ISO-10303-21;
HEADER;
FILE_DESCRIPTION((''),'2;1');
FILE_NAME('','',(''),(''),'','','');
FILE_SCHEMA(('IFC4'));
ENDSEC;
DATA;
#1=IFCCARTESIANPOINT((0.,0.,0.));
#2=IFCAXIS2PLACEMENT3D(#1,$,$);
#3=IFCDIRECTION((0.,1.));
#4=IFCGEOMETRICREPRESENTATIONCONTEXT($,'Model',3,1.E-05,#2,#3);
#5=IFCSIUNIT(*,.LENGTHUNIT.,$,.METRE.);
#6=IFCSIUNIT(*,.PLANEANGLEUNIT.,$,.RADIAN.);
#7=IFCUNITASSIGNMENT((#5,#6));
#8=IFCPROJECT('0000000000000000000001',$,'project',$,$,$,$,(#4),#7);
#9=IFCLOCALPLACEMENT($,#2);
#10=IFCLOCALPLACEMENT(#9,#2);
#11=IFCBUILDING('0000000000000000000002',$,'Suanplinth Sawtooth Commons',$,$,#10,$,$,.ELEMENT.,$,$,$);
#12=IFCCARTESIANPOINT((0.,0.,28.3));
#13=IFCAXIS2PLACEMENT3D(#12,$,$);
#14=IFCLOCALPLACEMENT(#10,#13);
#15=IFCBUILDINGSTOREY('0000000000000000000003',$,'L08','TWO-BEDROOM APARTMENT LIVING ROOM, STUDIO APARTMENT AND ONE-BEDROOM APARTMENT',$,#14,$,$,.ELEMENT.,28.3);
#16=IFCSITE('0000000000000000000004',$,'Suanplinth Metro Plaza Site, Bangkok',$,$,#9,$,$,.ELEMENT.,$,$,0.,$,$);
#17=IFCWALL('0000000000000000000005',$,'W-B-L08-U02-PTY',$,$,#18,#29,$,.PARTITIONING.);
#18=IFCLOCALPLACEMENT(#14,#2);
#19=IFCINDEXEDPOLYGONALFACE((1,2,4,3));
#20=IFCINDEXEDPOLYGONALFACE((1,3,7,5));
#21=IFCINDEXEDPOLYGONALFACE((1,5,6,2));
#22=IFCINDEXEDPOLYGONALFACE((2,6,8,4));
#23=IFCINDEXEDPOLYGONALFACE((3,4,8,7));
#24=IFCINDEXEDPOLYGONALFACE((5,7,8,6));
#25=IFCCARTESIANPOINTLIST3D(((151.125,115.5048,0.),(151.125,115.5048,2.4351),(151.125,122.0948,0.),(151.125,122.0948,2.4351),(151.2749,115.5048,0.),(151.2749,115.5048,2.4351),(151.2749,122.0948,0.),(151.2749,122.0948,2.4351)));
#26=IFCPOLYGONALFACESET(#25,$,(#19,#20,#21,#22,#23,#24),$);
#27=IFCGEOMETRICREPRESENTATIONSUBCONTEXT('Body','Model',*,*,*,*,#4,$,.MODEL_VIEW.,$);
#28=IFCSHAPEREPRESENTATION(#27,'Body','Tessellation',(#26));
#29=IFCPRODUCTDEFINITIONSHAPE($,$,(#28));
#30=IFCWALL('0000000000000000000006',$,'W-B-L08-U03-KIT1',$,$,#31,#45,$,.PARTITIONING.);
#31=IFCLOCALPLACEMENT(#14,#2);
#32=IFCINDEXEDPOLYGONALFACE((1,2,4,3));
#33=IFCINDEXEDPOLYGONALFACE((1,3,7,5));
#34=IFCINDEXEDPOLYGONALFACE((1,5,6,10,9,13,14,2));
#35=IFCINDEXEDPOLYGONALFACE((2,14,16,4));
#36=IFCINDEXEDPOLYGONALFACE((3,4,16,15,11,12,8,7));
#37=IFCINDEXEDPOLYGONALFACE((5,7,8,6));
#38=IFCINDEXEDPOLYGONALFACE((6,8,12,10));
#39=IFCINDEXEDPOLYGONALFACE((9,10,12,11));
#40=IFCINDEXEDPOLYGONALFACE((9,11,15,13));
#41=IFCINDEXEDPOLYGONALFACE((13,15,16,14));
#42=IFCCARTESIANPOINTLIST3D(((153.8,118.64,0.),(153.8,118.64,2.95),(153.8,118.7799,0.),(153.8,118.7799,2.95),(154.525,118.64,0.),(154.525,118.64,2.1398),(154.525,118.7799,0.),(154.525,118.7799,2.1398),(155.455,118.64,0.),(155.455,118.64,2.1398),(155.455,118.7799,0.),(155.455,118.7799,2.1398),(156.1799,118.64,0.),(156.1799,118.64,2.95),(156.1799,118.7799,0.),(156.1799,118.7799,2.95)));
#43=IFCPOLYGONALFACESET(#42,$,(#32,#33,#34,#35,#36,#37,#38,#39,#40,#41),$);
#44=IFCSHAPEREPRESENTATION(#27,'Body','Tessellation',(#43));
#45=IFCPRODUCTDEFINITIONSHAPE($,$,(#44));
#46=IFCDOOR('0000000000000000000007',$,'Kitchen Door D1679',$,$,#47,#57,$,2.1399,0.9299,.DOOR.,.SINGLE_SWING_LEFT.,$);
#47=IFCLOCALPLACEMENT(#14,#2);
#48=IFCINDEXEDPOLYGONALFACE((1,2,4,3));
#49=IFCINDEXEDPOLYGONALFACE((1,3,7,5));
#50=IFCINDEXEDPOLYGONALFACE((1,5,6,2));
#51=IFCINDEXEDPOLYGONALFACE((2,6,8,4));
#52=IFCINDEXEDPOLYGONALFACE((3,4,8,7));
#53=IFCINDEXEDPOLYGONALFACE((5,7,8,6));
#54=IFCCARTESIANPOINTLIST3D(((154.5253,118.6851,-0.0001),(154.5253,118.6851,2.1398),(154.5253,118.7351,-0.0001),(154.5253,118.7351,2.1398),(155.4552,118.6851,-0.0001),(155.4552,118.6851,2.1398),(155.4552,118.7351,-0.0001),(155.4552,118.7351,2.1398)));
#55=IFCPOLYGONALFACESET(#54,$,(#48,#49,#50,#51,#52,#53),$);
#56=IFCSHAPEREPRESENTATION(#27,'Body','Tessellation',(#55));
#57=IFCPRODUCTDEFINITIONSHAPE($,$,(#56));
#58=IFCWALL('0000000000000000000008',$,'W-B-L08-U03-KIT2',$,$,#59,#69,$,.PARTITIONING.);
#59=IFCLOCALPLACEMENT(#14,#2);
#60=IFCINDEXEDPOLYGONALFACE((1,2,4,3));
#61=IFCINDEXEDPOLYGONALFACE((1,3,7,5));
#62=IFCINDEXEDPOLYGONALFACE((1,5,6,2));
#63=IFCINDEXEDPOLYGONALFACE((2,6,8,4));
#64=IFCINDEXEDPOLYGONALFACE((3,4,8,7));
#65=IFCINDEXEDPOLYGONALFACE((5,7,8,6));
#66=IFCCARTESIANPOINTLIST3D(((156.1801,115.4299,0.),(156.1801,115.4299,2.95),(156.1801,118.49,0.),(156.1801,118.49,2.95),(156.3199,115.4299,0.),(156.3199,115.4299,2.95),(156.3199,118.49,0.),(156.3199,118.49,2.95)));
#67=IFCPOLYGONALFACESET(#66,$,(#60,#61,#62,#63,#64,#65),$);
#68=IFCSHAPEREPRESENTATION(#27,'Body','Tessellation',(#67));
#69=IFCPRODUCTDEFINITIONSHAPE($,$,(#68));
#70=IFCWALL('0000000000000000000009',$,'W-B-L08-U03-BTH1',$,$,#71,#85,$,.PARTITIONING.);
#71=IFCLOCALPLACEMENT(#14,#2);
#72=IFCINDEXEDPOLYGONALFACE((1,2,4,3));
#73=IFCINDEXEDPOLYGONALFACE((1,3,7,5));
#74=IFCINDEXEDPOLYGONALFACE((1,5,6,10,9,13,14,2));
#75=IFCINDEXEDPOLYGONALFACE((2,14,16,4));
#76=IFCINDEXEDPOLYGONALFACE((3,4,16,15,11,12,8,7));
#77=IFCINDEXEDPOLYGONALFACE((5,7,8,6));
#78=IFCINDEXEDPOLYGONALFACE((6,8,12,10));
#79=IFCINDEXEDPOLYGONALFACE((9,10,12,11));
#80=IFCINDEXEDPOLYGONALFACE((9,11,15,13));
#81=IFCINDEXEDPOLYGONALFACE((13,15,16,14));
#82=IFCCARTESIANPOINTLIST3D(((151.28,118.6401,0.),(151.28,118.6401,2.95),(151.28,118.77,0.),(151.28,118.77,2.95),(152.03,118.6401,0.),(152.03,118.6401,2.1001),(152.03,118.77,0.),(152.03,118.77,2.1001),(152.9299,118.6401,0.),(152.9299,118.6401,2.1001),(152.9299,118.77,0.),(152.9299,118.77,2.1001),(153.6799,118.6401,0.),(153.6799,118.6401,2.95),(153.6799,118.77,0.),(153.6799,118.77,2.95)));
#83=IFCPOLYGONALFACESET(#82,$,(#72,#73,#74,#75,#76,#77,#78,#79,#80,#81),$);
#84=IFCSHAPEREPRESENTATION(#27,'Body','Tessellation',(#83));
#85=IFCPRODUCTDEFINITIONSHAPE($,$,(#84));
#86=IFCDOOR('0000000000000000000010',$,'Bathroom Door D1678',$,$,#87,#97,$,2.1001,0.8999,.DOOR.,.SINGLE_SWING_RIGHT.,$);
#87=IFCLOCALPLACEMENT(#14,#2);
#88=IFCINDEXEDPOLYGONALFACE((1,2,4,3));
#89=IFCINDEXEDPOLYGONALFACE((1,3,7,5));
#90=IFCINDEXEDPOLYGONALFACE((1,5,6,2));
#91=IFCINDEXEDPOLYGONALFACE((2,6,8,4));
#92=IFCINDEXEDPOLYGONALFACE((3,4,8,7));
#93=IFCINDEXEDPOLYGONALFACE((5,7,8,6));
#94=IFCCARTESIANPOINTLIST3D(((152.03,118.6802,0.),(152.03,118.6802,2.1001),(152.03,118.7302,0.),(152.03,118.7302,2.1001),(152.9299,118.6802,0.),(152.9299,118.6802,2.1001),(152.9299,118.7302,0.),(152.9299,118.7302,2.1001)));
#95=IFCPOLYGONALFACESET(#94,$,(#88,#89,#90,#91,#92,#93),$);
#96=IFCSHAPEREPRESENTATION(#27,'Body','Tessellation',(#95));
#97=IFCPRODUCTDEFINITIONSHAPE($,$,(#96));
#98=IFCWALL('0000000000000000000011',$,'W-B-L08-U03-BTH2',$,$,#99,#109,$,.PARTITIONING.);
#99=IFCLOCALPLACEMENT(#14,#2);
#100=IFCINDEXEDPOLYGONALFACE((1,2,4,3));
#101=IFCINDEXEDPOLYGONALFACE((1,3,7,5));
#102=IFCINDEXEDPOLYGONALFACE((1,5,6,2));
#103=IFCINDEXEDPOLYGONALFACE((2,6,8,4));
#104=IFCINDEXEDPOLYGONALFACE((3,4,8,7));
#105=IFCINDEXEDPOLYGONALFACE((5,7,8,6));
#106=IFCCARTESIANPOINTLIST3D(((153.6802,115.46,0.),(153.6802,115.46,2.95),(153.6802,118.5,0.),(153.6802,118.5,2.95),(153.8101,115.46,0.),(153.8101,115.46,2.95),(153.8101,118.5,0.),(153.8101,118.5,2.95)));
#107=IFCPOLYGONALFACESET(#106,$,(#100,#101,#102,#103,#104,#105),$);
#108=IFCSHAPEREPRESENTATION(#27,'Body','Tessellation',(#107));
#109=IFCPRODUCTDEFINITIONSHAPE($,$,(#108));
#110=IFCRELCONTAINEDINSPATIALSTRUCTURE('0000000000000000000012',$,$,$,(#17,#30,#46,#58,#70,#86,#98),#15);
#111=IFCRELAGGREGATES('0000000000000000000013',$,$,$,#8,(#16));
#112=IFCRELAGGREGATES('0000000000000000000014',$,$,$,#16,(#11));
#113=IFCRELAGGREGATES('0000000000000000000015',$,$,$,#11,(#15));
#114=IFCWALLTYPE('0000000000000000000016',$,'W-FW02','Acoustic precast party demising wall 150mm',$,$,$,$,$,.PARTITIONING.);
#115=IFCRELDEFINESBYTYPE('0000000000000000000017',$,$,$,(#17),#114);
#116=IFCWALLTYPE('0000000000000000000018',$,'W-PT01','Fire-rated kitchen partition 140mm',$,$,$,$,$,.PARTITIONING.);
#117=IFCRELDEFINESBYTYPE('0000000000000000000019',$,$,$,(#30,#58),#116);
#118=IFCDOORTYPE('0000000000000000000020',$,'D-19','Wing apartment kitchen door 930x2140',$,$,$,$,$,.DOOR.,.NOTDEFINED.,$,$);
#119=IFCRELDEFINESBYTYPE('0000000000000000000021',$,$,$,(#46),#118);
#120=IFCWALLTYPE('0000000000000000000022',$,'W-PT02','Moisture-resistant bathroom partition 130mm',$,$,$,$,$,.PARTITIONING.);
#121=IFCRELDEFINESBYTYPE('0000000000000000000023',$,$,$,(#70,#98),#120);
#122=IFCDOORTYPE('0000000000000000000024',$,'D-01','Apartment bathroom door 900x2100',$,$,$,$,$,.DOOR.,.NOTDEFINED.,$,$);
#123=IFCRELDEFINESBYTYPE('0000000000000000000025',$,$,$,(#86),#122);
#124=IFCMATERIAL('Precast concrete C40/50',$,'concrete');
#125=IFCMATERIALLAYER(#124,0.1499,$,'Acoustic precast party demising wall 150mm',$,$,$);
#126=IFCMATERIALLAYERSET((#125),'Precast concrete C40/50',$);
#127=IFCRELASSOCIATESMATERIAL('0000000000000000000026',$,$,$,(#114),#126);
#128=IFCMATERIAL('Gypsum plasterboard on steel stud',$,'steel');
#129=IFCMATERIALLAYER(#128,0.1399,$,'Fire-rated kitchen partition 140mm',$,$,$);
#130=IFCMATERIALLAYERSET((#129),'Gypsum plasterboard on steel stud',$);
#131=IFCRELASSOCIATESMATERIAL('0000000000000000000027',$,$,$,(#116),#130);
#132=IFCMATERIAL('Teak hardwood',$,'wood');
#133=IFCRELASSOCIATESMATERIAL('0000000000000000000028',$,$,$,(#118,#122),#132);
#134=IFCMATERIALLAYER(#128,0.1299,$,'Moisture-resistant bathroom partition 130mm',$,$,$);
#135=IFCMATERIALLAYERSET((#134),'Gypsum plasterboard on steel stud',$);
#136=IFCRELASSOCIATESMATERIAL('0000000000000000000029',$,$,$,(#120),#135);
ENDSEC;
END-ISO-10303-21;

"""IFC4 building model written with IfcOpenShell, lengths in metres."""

from ifc_helpers import new_model, si_unit, direction, frame, frame_2d, origin, place, context, subcontext, project, spatial, rectangle, extrude, material, layer, layer_set, type_object, element, fill, save


model = new_model("IFC4")

# Units and contexts
model_context = context("Model", 3, precision=1e-05, world=origin(), true_north=direction((0.0, 1.0)))
body_context = subcontext(model_context, "Body", "Model", "MODEL_VIEW")
ifc_project = project(units=[si_unit("LENGTHUNIT", "METRE"), si_unit("PLANEANGLEUNIT", "RADIAN")], contexts=[model_context])

# Site, building, storey
site_placement = place(None, origin())
site = spatial("IfcSite", under=ifc_project, at=site_placement, Name="Suanplinth Metro Plaza Site, Bangkok", CompositionType="ELEMENT", RefElevation=0.0)
building_placement = place(site_placement, origin())
building = spatial("IfcBuilding", under=site, at=building_placement, Name="Suanplinth Sawtooth Commons", CompositionType="ELEMENT")
storey_placement = place(building_placement, frame((0.0, 0.0, 28.3)))
storey = spatial("IfcBuildingStorey", under=building, at=storey_placement, Name="L08", Description="TWO-BEDROOM APARTMENT LIVING ROOM, STUDIO APARTMENT AND ONE-BEDROOM APARTMENT", CompositionType="ELEMENT", Elevation=28.3)

# Shared definitions
ifc_material_1 = material(Name="Precast concrete C40/50", Category="concrete")

# Wall
ifc_layer_1 = layer(ifc_material_1, 0.1499, Name="Acoustic precast party demising wall 150mm")
ifc_layer_set_1 = layer_set([ifc_layer_1], Name="Precast concrete C40/50")
wall_type_1 = type_object("IfcWallType", Name="W-FW02", Description="Acoustic precast party demising wall 150mm", PredefinedType="PARTITIONING", material=ifc_layer_set_1)
wall_1_placement = place(storey_placement, frame((151.2, 115.5049, 0.0), z_axis=(0.0, 0.0, 1.0), x_axis=(0.0, 1.0, 0.0)))
element("IfcWall", 1, at=wall_1_placement, inside=storey, type_object=wall_type_1, Name="W-B-L08-U02-PTY", PredefinedType="PARTITIONING", context=body_context, shape_type="SweptSolid", body=[
    extrude(rectangle(XDim=6.5901, YDim=0.1499, at=frame_2d((3.2949, 0.0))), origin(), (0.0, 0.0, 1.0), 2.4351),
])

# Wall, opening, door
ifc_material_2 = material(Name="Gypsum plasterboard on steel stud", Category="steel")
ifc_layer_2 = layer(ifc_material_2, 0.1399, Name="Fire-rated kitchen partition 140mm")
ifc_layer_set_2 = layer_set([ifc_layer_2], Name="Gypsum plasterboard on steel stud")
wall_type_2 = type_object("IfcWallType", Name="W-PT01", Description="Fire-rated kitchen partition 140mm", PredefinedType="PARTITIONING", material=ifc_layer_set_2)
wall_2_placement = place(storey_placement, frame((153.8, 118.71, 0.0), z_axis=(0.0, 0.0, 1.0), x_axis=(1.0, 0.0, 0.0)))
wall_2 = element("IfcWall", 2, at=wall_2_placement, inside=storey, type_object=wall_type_2, Name="W-B-L08-U03-KIT1", PredefinedType="PARTITIONING", context=body_context, shape_type="SweptSolid", body=[
    extrude(rectangle(XDim=2.3799, YDim=0.1399, at=frame_2d((1.1899, 0.0))), origin(), (0.0, 0.0, 1.0), 2.95),
])
opening_1_placement = place(wall_2_placement, frame((0.7251, 0.0, 0.0)))
opening_1 = element("IfcOpeningElement", 3, at=opening_1_placement, cuts=wall_2, PredefinedType="OPENING", context=body_context, shape_type="SweptSolid", body=[
    extrude(rectangle(XDim=0.9299, YDim=2.1399, at=frame_2d((0.4648, 1.0698))), frame((0.0, 0.085, 0.0), z_axis=(0.0, -1.0, 0.0), x_axis=(1.0, 0.0, 0.0)), (0.0, 0.0, 1.0), 0.1697),
])
ifc_material_3 = material(Name="Teak hardwood", Category="wood")
door_type_1 = type_object("IfcDoorType", Name="D-19", Description="Wing apartment kitchen door 930x2140", OperationType="NOTDEFINED", PredefinedType="DOOR", material=ifc_material_3)
door_1_placement = place(opening_1_placement, frame((0.9299, 0.0, 0.0), z_axis=(0.0, 0.0, 1.0), x_axis=(-1.0, 0.0, 0.0)))
door_1 = element("IfcDoor", 4, at=door_1_placement, inside=storey, type_object=door_type_1, Name="Kitchen Door D1679", OperationType="SINGLE_SWING_LEFT", OverallHeight=2.1399, OverallWidth=0.9299, PredefinedType="DOOR", context=body_context, shape_type="SweptSolid", body=[
    extrude(rectangle(XDim=0.9299, YDim=2.1399, at=frame_2d((0.4648, 1.0698))), frame((0.0, 0.0249, 0.0), z_axis=(0.0, -1.0, 0.0), x_axis=(1.0, 0.0, 0.0)), (0.0, 0.0, 1.0), 0.05),
])
fill(opening_1, door_1)

# Wall
wall_3_placement = place(storey_placement, frame((156.25, 115.4299, 0.0), z_axis=(0.0, 0.0, 1.0), x_axis=(0.0, 1.0, 0.0)))
element("IfcWall", 5, at=wall_3_placement, inside=storey, type_object=wall_type_2, Name="W-B-L08-U03-KIT2", PredefinedType="PARTITIONING", context=body_context, shape_type="SweptSolid", body=[
    extrude(rectangle(XDim=3.0601, YDim=0.1399, at=frame_2d((1.53, 0.0))), origin(), (0.0, 0.0, 1.0), 2.95),
])

# Wall, opening, door
ifc_layer_3 = layer(ifc_material_2, 0.1299, Name="Moisture-resistant bathroom partition 130mm")
ifc_layer_set_3 = layer_set([ifc_layer_3], Name="Gypsum plasterboard on steel stud")
wall_type_3 = type_object("IfcWallType", Name="W-PT02", Description="Moisture-resistant bathroom partition 130mm", PredefinedType="PARTITIONING", material=ifc_layer_set_3)
wall_4_placement = place(storey_placement, frame((151.28, 118.7051, 0.0), z_axis=(0.0, 0.0, 1.0), x_axis=(1.0, 0.0, 0.0)))
wall_4 = element("IfcWall", 6, at=wall_4_placement, inside=storey, type_object=wall_type_3, Name="W-B-L08-U03-BTH1", PredefinedType="PARTITIONING", context=body_context, shape_type="SweptSolid", body=[
    extrude(rectangle(XDim=2.3999, YDim=0.1299, at=frame_2d((1.2, 0.0))), origin(), (0.0, 0.0, 1.0), 2.95),
])
opening_2_placement = place(wall_4_placement, frame((0.75, 0.0, 0.0)))
opening_2 = element("IfcOpeningElement", 7, at=opening_2_placement, cuts=wall_4, PredefinedType="OPENING", context=body_context, shape_type="SweptSolid", body=[
    extrude(rectangle(XDim=0.8999, YDim=2.1001, at=frame_2d((0.45, 1.05))), frame((0.0, 0.0798, 0.0), z_axis=(0.0, -1.0, 0.0), x_axis=(1.0, 0.0, 0.0)), (0.0, 0.0, 1.0), 0.1597),
])
door_type_2 = type_object("IfcDoorType", Name="D-01", Description="Apartment bathroom door 900x2100", OperationType="NOTDEFINED", PredefinedType="DOOR", material=ifc_material_3)
door_2_placement = place(opening_2_placement, frame((0.8999, 0.0, 0.0), z_axis=(0.0, 0.0, 1.0), x_axis=(-1.0, 0.0, 0.0)))
door_2 = element("IfcDoor", 8, at=door_2_placement, inside=storey, type_object=door_type_2, Name="Bathroom Door D1678", OperationType="SINGLE_SWING_RIGHT", OverallHeight=2.1001, OverallWidth=0.8999, PredefinedType="DOOR", context=body_context, shape_type="SweptSolid", body=[
    extrude(rectangle(XDim=0.8999, YDim=2.1001, at=frame_2d((0.45, 1.05))), frame((0.0, 0.0249, 0.0), z_axis=(0.0, -1.0, 0.0), x_axis=(1.0, 0.0, 0.0)), (0.0, 0.0, 1.0), 0.05),
])
fill(opening_2, door_2)

# Wall
wall_5_placement = place(storey_placement, frame((153.7451, 115.46, 0.0), z_axis=(0.0, 0.0, 1.0), x_axis=(0.0, 1.0, 0.0)))
element("IfcWall", 9, at=wall_5_placement, inside=storey, type_object=wall_type_3, Name="W-B-L08-U03-BTH2", PredefinedType="PARTITIONING", context=body_context, shape_type="SweptSolid", body=[
    extrude(rectangle(XDim=3.04, YDim=0.1299, at=frame_2d((1.52, 0.0))), origin(), (0.0, 0.0, 1.0), 2.95),
])

save(model, "model.ifc")
